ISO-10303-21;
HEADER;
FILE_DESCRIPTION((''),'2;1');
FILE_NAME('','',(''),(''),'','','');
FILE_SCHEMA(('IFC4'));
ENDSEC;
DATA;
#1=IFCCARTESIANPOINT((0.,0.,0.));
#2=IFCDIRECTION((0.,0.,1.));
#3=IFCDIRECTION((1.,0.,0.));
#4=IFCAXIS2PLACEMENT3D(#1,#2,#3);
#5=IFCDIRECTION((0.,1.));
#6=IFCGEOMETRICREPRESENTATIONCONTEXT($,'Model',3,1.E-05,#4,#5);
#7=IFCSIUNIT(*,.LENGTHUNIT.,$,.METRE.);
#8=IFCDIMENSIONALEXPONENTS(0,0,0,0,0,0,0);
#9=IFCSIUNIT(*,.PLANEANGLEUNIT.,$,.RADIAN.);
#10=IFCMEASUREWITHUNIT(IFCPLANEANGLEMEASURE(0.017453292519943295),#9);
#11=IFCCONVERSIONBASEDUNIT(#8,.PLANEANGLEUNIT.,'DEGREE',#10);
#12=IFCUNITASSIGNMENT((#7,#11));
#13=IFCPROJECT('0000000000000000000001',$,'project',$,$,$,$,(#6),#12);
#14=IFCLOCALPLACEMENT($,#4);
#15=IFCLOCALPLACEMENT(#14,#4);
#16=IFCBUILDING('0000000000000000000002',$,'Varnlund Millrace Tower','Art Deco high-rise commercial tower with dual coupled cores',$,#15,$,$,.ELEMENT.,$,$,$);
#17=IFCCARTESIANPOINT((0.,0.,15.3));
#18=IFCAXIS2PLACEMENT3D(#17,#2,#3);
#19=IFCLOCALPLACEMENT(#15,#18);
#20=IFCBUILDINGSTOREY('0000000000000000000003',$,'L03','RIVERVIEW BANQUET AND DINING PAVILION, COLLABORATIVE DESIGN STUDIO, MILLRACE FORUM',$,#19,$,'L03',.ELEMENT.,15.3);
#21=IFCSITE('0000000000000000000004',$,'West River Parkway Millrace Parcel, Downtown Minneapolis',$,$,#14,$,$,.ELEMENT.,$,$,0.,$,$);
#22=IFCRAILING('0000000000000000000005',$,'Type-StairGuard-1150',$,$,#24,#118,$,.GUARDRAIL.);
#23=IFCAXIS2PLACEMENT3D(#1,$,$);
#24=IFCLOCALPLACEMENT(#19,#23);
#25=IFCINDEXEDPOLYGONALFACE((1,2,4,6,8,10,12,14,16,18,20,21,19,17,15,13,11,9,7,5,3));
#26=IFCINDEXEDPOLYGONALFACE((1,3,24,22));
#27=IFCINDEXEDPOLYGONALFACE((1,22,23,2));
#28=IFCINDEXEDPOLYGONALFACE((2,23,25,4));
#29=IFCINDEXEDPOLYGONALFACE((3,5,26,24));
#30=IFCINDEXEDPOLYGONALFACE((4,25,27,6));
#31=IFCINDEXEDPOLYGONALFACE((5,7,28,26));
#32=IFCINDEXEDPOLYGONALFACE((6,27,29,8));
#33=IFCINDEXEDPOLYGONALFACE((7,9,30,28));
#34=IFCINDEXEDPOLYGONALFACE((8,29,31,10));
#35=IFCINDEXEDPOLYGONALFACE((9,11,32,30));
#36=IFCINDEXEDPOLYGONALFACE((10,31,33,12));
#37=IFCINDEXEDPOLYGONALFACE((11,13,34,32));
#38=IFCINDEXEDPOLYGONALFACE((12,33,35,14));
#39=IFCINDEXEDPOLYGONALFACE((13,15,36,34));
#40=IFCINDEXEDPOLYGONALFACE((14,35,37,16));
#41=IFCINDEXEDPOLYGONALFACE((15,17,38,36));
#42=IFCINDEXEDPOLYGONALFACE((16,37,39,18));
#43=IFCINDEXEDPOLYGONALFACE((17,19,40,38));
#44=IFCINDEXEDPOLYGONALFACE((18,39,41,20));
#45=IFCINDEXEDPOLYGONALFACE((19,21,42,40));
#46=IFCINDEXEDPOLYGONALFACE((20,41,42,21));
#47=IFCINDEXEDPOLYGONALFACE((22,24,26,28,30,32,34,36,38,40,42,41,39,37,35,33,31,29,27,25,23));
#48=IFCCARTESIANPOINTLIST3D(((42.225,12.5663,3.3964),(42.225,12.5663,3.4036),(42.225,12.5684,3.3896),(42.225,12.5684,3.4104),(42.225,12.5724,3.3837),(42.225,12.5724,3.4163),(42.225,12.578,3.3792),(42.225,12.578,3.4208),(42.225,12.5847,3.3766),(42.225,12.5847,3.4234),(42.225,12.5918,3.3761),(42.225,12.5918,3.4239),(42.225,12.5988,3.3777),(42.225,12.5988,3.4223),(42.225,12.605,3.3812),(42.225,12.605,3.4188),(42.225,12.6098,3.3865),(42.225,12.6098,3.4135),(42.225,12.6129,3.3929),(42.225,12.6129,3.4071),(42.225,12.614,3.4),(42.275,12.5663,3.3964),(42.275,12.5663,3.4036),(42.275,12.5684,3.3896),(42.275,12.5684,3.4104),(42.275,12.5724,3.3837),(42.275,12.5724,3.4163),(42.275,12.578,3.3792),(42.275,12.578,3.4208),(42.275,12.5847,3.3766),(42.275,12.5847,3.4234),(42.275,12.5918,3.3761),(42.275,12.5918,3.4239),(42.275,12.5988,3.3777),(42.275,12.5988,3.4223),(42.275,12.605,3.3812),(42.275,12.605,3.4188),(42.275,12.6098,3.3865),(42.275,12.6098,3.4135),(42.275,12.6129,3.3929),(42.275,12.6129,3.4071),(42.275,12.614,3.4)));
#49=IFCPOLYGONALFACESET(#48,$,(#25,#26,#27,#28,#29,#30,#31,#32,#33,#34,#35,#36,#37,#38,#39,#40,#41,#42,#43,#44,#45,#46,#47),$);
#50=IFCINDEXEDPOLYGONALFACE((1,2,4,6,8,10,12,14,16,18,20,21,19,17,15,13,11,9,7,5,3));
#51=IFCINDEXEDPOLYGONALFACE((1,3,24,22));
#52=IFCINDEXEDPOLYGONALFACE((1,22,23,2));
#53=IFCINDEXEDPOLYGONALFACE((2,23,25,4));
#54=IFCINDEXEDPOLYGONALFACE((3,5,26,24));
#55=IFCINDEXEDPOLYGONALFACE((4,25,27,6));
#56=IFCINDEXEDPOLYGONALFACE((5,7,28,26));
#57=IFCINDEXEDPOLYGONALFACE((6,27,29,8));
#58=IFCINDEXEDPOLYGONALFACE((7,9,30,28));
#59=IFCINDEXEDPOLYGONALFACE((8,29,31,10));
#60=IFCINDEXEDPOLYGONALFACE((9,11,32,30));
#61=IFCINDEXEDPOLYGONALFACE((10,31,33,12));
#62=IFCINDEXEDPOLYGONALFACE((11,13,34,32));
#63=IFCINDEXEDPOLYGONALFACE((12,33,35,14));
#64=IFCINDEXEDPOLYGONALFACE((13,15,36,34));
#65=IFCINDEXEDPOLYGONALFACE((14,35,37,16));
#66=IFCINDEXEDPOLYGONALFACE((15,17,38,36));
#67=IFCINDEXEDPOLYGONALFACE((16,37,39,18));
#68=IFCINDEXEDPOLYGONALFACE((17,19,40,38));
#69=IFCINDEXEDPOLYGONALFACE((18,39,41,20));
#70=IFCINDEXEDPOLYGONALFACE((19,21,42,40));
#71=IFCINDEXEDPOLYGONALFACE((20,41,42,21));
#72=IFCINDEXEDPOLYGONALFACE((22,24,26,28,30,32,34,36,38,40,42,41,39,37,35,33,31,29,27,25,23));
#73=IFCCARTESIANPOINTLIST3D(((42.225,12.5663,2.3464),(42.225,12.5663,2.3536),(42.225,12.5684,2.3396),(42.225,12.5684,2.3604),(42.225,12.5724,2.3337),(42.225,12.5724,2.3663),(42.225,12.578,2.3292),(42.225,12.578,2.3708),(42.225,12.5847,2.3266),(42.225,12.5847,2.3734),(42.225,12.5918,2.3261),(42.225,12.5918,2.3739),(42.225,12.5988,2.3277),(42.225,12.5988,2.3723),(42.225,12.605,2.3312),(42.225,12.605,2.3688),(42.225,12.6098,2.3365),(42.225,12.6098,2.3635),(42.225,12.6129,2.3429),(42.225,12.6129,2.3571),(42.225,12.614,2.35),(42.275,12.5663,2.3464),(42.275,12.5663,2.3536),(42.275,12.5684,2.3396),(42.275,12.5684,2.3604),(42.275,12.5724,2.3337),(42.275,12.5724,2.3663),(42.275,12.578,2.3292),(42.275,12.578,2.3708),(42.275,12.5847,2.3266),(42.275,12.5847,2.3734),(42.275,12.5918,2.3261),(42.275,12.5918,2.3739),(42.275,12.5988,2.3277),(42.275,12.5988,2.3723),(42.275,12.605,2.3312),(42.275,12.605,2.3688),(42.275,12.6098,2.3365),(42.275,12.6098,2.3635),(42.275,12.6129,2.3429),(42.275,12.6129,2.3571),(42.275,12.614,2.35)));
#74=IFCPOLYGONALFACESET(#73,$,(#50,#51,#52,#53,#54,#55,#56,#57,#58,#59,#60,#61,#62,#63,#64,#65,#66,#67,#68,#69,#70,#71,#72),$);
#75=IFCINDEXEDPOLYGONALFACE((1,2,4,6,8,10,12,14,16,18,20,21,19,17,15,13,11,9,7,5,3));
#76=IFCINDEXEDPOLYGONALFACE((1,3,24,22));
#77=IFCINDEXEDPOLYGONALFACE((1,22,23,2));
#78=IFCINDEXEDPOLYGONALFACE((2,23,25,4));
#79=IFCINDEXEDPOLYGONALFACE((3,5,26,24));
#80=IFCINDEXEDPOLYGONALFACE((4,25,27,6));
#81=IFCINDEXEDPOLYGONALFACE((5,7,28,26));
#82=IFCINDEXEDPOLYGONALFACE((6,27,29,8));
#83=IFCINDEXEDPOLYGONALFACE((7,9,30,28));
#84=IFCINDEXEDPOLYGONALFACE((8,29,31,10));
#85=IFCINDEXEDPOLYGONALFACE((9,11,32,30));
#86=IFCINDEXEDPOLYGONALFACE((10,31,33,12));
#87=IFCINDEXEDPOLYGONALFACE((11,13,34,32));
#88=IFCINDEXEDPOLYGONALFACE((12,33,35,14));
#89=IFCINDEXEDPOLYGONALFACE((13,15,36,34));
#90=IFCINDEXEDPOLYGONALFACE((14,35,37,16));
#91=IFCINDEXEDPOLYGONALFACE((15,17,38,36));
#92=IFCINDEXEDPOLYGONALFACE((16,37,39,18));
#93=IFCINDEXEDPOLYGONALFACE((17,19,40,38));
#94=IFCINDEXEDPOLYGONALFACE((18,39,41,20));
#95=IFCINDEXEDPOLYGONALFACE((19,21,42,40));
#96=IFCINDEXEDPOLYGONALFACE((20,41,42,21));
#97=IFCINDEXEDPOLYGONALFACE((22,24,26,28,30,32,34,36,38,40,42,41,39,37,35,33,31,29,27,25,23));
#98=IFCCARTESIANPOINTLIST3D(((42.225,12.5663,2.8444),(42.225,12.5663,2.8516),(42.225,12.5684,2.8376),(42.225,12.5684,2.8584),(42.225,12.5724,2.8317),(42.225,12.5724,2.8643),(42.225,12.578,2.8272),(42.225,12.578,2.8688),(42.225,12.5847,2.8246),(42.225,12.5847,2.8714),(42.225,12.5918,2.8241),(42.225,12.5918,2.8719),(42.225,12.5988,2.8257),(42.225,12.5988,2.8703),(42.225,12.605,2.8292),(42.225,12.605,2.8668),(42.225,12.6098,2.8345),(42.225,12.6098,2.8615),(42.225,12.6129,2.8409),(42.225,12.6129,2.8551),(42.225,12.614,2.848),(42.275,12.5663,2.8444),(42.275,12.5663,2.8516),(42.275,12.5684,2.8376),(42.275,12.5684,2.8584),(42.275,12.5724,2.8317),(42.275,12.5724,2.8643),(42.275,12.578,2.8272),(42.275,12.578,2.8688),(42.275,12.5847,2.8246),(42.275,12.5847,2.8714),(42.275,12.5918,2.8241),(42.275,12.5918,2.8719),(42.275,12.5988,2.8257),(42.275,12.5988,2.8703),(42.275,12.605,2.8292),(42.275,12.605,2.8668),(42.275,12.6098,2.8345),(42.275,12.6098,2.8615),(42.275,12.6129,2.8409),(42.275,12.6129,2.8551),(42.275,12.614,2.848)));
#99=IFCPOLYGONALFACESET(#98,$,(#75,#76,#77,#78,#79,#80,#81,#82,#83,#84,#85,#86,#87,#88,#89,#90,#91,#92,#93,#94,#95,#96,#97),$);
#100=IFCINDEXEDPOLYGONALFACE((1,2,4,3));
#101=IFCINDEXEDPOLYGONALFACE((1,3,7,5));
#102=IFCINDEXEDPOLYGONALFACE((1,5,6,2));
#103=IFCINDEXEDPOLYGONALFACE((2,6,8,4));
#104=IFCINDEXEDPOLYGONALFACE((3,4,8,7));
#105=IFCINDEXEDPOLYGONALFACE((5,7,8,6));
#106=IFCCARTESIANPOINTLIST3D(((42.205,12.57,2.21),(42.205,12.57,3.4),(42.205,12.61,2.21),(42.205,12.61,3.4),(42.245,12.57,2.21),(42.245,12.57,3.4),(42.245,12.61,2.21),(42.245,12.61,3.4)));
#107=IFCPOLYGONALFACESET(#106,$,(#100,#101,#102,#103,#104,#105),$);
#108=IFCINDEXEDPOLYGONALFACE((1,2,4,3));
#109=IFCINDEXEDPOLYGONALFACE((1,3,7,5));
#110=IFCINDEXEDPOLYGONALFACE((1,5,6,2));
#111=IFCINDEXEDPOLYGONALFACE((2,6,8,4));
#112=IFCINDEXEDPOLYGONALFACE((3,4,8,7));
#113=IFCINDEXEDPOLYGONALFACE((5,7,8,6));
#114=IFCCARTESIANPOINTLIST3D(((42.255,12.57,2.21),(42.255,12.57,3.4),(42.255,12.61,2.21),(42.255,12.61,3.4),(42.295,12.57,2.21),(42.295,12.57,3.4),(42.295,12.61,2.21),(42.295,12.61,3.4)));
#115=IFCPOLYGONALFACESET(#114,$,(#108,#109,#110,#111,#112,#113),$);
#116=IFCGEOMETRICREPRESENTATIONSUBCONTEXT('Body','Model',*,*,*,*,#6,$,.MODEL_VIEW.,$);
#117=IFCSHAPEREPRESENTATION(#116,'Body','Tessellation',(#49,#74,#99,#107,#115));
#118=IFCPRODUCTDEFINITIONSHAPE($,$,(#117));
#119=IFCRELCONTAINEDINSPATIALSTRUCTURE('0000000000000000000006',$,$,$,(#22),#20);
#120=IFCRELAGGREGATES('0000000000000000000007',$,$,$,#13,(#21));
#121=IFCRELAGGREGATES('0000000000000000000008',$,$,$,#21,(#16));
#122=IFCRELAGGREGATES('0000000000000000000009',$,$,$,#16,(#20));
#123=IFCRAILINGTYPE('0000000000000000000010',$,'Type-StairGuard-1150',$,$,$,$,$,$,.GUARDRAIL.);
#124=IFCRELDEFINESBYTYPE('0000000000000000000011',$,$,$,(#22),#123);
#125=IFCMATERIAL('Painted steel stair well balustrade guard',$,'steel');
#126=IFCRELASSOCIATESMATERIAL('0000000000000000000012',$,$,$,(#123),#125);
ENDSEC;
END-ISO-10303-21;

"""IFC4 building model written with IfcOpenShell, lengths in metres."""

from ifc_helpers import new_model, entity, si_unit, converted_unit, direction, frame, origin_with_axes, origin_2d_with_axis, place, context, subcontext, project, spatial, rectangle, circle, extrude, material, type_object, element, save


model = new_model("IFC4")

# Units and contexts
model_context = context("Model", 3, precision=1e-05, world=origin_with_axes(), true_north=direction((0.0, 1.0)))
body_context = subcontext(model_context, "Body", "Model", "MODEL_VIEW")
ifc_project = project(units=[si_unit("LENGTHUNIT", "METRE"), converted_unit("PLANEANGLEUNIT", "DEGREE", entity("IfcPlaneAngleMeasure", 0.017453292519943295), si_unit("PLANEANGLEUNIT", "RADIAN"), dimensions=[0, 0, 0, 0, 0, 0, 0])], contexts=[model_context])

# Site, building, storey
site_placement = place(None, origin_with_axes())
site = spatial("IfcSite", under=ifc_project, at=site_placement, Name="West River Parkway Millrace Parcel, Downtown Minneapolis", CompositionType="ELEMENT", RefElevation=0.0)
building_placement = place(site_placement, origin_with_axes())
building = spatial("IfcBuilding", under=site, at=building_placement, Name="Varnlund Millrace Tower", Description="Art Deco high-rise commercial tower with dual coupled cores", CompositionType="ELEMENT")
storey_placement = place(building_placement, frame((0.0, 0.0, 15.3), z_axis=(0.0, 0.0, 1.0), x_axis=(1.0, 0.0, 0.0)))
storey = spatial("IfcBuildingStorey", under=building, at=storey_placement, Name="L03", Description="RIVERVIEW BANQUET AND DINING PAVILION, COLLABORATIVE DESIGN STUDIO, MILLRACE FORUM", LongName="L03", CompositionType="ELEMENT", Elevation=15.3)

# Railing
ifc_material_1 = material(Name="Painted steel stair well balustrade guard", Category="steel")
railing_type_1 = type_object("IfcRailingType", Name="Type-StairGuard-1150", PredefinedType="GUARDRAIL", material=ifc_material_1)
railing_1_placement = place(storey_placement, frame((0.0, 0.0, -15.3), z_axis=(0.0, 0.0, 1.0), x_axis=(1.0, 0.0, 0.0)))
element("IfcRailing", 1, at=railing_1_placement, inside=storey, type_object=railing_type_1, Name="Type-StairGuard-1150", PredefinedType="GUARDRAIL", context=body_context, shape_type="SweptSolid", body=[
    extrude(circle(Radius=0.024, at=origin_2d_with_axis()), frame((42.225, 12.59, 18.7), z_axis=(1.0, 0.0, 0.0), x_axis=(0.0, 1.0, 0.0)), (0.0, 0.0, 1.0), 0.05),
    extrude(circle(Radius=0.024, at=origin_2d_with_axis()), frame((42.225, 12.59, 17.65), z_axis=(1.0, 0.0, 0.0), x_axis=(0.0, 1.0, 0.0)), (0.0, 0.0, 1.0), 0.05),
    extrude(circle(Radius=0.024, at=origin_2d_with_axis()), frame((42.225, 12.59, 18.148), z_axis=(1.0, 0.0, 0.0), x_axis=(0.0, 1.0, 0.0)), (0.0, 0.0, 1.0), 0.05),
    extrude(rectangle(XDim=0.04, YDim=0.04, at=origin_2d_with_axis()), frame((42.225, 12.59, 17.51), z_axis=(0.0, 0.0, 1.0), x_axis=(1.0, 0.0, 0.0)), (0.0, 0.0, 1.0), 1.19),
    extrude(rectangle(XDim=0.04, YDim=0.04, at=origin_2d_with_axis()), frame((42.275, 12.59, 17.51), z_axis=(0.0, 0.0, 1.0), x_axis=(1.0, 0.0, 0.0)), (0.0, 0.0, 1.0), 1.19),
])

save(model, "model.ifc")
